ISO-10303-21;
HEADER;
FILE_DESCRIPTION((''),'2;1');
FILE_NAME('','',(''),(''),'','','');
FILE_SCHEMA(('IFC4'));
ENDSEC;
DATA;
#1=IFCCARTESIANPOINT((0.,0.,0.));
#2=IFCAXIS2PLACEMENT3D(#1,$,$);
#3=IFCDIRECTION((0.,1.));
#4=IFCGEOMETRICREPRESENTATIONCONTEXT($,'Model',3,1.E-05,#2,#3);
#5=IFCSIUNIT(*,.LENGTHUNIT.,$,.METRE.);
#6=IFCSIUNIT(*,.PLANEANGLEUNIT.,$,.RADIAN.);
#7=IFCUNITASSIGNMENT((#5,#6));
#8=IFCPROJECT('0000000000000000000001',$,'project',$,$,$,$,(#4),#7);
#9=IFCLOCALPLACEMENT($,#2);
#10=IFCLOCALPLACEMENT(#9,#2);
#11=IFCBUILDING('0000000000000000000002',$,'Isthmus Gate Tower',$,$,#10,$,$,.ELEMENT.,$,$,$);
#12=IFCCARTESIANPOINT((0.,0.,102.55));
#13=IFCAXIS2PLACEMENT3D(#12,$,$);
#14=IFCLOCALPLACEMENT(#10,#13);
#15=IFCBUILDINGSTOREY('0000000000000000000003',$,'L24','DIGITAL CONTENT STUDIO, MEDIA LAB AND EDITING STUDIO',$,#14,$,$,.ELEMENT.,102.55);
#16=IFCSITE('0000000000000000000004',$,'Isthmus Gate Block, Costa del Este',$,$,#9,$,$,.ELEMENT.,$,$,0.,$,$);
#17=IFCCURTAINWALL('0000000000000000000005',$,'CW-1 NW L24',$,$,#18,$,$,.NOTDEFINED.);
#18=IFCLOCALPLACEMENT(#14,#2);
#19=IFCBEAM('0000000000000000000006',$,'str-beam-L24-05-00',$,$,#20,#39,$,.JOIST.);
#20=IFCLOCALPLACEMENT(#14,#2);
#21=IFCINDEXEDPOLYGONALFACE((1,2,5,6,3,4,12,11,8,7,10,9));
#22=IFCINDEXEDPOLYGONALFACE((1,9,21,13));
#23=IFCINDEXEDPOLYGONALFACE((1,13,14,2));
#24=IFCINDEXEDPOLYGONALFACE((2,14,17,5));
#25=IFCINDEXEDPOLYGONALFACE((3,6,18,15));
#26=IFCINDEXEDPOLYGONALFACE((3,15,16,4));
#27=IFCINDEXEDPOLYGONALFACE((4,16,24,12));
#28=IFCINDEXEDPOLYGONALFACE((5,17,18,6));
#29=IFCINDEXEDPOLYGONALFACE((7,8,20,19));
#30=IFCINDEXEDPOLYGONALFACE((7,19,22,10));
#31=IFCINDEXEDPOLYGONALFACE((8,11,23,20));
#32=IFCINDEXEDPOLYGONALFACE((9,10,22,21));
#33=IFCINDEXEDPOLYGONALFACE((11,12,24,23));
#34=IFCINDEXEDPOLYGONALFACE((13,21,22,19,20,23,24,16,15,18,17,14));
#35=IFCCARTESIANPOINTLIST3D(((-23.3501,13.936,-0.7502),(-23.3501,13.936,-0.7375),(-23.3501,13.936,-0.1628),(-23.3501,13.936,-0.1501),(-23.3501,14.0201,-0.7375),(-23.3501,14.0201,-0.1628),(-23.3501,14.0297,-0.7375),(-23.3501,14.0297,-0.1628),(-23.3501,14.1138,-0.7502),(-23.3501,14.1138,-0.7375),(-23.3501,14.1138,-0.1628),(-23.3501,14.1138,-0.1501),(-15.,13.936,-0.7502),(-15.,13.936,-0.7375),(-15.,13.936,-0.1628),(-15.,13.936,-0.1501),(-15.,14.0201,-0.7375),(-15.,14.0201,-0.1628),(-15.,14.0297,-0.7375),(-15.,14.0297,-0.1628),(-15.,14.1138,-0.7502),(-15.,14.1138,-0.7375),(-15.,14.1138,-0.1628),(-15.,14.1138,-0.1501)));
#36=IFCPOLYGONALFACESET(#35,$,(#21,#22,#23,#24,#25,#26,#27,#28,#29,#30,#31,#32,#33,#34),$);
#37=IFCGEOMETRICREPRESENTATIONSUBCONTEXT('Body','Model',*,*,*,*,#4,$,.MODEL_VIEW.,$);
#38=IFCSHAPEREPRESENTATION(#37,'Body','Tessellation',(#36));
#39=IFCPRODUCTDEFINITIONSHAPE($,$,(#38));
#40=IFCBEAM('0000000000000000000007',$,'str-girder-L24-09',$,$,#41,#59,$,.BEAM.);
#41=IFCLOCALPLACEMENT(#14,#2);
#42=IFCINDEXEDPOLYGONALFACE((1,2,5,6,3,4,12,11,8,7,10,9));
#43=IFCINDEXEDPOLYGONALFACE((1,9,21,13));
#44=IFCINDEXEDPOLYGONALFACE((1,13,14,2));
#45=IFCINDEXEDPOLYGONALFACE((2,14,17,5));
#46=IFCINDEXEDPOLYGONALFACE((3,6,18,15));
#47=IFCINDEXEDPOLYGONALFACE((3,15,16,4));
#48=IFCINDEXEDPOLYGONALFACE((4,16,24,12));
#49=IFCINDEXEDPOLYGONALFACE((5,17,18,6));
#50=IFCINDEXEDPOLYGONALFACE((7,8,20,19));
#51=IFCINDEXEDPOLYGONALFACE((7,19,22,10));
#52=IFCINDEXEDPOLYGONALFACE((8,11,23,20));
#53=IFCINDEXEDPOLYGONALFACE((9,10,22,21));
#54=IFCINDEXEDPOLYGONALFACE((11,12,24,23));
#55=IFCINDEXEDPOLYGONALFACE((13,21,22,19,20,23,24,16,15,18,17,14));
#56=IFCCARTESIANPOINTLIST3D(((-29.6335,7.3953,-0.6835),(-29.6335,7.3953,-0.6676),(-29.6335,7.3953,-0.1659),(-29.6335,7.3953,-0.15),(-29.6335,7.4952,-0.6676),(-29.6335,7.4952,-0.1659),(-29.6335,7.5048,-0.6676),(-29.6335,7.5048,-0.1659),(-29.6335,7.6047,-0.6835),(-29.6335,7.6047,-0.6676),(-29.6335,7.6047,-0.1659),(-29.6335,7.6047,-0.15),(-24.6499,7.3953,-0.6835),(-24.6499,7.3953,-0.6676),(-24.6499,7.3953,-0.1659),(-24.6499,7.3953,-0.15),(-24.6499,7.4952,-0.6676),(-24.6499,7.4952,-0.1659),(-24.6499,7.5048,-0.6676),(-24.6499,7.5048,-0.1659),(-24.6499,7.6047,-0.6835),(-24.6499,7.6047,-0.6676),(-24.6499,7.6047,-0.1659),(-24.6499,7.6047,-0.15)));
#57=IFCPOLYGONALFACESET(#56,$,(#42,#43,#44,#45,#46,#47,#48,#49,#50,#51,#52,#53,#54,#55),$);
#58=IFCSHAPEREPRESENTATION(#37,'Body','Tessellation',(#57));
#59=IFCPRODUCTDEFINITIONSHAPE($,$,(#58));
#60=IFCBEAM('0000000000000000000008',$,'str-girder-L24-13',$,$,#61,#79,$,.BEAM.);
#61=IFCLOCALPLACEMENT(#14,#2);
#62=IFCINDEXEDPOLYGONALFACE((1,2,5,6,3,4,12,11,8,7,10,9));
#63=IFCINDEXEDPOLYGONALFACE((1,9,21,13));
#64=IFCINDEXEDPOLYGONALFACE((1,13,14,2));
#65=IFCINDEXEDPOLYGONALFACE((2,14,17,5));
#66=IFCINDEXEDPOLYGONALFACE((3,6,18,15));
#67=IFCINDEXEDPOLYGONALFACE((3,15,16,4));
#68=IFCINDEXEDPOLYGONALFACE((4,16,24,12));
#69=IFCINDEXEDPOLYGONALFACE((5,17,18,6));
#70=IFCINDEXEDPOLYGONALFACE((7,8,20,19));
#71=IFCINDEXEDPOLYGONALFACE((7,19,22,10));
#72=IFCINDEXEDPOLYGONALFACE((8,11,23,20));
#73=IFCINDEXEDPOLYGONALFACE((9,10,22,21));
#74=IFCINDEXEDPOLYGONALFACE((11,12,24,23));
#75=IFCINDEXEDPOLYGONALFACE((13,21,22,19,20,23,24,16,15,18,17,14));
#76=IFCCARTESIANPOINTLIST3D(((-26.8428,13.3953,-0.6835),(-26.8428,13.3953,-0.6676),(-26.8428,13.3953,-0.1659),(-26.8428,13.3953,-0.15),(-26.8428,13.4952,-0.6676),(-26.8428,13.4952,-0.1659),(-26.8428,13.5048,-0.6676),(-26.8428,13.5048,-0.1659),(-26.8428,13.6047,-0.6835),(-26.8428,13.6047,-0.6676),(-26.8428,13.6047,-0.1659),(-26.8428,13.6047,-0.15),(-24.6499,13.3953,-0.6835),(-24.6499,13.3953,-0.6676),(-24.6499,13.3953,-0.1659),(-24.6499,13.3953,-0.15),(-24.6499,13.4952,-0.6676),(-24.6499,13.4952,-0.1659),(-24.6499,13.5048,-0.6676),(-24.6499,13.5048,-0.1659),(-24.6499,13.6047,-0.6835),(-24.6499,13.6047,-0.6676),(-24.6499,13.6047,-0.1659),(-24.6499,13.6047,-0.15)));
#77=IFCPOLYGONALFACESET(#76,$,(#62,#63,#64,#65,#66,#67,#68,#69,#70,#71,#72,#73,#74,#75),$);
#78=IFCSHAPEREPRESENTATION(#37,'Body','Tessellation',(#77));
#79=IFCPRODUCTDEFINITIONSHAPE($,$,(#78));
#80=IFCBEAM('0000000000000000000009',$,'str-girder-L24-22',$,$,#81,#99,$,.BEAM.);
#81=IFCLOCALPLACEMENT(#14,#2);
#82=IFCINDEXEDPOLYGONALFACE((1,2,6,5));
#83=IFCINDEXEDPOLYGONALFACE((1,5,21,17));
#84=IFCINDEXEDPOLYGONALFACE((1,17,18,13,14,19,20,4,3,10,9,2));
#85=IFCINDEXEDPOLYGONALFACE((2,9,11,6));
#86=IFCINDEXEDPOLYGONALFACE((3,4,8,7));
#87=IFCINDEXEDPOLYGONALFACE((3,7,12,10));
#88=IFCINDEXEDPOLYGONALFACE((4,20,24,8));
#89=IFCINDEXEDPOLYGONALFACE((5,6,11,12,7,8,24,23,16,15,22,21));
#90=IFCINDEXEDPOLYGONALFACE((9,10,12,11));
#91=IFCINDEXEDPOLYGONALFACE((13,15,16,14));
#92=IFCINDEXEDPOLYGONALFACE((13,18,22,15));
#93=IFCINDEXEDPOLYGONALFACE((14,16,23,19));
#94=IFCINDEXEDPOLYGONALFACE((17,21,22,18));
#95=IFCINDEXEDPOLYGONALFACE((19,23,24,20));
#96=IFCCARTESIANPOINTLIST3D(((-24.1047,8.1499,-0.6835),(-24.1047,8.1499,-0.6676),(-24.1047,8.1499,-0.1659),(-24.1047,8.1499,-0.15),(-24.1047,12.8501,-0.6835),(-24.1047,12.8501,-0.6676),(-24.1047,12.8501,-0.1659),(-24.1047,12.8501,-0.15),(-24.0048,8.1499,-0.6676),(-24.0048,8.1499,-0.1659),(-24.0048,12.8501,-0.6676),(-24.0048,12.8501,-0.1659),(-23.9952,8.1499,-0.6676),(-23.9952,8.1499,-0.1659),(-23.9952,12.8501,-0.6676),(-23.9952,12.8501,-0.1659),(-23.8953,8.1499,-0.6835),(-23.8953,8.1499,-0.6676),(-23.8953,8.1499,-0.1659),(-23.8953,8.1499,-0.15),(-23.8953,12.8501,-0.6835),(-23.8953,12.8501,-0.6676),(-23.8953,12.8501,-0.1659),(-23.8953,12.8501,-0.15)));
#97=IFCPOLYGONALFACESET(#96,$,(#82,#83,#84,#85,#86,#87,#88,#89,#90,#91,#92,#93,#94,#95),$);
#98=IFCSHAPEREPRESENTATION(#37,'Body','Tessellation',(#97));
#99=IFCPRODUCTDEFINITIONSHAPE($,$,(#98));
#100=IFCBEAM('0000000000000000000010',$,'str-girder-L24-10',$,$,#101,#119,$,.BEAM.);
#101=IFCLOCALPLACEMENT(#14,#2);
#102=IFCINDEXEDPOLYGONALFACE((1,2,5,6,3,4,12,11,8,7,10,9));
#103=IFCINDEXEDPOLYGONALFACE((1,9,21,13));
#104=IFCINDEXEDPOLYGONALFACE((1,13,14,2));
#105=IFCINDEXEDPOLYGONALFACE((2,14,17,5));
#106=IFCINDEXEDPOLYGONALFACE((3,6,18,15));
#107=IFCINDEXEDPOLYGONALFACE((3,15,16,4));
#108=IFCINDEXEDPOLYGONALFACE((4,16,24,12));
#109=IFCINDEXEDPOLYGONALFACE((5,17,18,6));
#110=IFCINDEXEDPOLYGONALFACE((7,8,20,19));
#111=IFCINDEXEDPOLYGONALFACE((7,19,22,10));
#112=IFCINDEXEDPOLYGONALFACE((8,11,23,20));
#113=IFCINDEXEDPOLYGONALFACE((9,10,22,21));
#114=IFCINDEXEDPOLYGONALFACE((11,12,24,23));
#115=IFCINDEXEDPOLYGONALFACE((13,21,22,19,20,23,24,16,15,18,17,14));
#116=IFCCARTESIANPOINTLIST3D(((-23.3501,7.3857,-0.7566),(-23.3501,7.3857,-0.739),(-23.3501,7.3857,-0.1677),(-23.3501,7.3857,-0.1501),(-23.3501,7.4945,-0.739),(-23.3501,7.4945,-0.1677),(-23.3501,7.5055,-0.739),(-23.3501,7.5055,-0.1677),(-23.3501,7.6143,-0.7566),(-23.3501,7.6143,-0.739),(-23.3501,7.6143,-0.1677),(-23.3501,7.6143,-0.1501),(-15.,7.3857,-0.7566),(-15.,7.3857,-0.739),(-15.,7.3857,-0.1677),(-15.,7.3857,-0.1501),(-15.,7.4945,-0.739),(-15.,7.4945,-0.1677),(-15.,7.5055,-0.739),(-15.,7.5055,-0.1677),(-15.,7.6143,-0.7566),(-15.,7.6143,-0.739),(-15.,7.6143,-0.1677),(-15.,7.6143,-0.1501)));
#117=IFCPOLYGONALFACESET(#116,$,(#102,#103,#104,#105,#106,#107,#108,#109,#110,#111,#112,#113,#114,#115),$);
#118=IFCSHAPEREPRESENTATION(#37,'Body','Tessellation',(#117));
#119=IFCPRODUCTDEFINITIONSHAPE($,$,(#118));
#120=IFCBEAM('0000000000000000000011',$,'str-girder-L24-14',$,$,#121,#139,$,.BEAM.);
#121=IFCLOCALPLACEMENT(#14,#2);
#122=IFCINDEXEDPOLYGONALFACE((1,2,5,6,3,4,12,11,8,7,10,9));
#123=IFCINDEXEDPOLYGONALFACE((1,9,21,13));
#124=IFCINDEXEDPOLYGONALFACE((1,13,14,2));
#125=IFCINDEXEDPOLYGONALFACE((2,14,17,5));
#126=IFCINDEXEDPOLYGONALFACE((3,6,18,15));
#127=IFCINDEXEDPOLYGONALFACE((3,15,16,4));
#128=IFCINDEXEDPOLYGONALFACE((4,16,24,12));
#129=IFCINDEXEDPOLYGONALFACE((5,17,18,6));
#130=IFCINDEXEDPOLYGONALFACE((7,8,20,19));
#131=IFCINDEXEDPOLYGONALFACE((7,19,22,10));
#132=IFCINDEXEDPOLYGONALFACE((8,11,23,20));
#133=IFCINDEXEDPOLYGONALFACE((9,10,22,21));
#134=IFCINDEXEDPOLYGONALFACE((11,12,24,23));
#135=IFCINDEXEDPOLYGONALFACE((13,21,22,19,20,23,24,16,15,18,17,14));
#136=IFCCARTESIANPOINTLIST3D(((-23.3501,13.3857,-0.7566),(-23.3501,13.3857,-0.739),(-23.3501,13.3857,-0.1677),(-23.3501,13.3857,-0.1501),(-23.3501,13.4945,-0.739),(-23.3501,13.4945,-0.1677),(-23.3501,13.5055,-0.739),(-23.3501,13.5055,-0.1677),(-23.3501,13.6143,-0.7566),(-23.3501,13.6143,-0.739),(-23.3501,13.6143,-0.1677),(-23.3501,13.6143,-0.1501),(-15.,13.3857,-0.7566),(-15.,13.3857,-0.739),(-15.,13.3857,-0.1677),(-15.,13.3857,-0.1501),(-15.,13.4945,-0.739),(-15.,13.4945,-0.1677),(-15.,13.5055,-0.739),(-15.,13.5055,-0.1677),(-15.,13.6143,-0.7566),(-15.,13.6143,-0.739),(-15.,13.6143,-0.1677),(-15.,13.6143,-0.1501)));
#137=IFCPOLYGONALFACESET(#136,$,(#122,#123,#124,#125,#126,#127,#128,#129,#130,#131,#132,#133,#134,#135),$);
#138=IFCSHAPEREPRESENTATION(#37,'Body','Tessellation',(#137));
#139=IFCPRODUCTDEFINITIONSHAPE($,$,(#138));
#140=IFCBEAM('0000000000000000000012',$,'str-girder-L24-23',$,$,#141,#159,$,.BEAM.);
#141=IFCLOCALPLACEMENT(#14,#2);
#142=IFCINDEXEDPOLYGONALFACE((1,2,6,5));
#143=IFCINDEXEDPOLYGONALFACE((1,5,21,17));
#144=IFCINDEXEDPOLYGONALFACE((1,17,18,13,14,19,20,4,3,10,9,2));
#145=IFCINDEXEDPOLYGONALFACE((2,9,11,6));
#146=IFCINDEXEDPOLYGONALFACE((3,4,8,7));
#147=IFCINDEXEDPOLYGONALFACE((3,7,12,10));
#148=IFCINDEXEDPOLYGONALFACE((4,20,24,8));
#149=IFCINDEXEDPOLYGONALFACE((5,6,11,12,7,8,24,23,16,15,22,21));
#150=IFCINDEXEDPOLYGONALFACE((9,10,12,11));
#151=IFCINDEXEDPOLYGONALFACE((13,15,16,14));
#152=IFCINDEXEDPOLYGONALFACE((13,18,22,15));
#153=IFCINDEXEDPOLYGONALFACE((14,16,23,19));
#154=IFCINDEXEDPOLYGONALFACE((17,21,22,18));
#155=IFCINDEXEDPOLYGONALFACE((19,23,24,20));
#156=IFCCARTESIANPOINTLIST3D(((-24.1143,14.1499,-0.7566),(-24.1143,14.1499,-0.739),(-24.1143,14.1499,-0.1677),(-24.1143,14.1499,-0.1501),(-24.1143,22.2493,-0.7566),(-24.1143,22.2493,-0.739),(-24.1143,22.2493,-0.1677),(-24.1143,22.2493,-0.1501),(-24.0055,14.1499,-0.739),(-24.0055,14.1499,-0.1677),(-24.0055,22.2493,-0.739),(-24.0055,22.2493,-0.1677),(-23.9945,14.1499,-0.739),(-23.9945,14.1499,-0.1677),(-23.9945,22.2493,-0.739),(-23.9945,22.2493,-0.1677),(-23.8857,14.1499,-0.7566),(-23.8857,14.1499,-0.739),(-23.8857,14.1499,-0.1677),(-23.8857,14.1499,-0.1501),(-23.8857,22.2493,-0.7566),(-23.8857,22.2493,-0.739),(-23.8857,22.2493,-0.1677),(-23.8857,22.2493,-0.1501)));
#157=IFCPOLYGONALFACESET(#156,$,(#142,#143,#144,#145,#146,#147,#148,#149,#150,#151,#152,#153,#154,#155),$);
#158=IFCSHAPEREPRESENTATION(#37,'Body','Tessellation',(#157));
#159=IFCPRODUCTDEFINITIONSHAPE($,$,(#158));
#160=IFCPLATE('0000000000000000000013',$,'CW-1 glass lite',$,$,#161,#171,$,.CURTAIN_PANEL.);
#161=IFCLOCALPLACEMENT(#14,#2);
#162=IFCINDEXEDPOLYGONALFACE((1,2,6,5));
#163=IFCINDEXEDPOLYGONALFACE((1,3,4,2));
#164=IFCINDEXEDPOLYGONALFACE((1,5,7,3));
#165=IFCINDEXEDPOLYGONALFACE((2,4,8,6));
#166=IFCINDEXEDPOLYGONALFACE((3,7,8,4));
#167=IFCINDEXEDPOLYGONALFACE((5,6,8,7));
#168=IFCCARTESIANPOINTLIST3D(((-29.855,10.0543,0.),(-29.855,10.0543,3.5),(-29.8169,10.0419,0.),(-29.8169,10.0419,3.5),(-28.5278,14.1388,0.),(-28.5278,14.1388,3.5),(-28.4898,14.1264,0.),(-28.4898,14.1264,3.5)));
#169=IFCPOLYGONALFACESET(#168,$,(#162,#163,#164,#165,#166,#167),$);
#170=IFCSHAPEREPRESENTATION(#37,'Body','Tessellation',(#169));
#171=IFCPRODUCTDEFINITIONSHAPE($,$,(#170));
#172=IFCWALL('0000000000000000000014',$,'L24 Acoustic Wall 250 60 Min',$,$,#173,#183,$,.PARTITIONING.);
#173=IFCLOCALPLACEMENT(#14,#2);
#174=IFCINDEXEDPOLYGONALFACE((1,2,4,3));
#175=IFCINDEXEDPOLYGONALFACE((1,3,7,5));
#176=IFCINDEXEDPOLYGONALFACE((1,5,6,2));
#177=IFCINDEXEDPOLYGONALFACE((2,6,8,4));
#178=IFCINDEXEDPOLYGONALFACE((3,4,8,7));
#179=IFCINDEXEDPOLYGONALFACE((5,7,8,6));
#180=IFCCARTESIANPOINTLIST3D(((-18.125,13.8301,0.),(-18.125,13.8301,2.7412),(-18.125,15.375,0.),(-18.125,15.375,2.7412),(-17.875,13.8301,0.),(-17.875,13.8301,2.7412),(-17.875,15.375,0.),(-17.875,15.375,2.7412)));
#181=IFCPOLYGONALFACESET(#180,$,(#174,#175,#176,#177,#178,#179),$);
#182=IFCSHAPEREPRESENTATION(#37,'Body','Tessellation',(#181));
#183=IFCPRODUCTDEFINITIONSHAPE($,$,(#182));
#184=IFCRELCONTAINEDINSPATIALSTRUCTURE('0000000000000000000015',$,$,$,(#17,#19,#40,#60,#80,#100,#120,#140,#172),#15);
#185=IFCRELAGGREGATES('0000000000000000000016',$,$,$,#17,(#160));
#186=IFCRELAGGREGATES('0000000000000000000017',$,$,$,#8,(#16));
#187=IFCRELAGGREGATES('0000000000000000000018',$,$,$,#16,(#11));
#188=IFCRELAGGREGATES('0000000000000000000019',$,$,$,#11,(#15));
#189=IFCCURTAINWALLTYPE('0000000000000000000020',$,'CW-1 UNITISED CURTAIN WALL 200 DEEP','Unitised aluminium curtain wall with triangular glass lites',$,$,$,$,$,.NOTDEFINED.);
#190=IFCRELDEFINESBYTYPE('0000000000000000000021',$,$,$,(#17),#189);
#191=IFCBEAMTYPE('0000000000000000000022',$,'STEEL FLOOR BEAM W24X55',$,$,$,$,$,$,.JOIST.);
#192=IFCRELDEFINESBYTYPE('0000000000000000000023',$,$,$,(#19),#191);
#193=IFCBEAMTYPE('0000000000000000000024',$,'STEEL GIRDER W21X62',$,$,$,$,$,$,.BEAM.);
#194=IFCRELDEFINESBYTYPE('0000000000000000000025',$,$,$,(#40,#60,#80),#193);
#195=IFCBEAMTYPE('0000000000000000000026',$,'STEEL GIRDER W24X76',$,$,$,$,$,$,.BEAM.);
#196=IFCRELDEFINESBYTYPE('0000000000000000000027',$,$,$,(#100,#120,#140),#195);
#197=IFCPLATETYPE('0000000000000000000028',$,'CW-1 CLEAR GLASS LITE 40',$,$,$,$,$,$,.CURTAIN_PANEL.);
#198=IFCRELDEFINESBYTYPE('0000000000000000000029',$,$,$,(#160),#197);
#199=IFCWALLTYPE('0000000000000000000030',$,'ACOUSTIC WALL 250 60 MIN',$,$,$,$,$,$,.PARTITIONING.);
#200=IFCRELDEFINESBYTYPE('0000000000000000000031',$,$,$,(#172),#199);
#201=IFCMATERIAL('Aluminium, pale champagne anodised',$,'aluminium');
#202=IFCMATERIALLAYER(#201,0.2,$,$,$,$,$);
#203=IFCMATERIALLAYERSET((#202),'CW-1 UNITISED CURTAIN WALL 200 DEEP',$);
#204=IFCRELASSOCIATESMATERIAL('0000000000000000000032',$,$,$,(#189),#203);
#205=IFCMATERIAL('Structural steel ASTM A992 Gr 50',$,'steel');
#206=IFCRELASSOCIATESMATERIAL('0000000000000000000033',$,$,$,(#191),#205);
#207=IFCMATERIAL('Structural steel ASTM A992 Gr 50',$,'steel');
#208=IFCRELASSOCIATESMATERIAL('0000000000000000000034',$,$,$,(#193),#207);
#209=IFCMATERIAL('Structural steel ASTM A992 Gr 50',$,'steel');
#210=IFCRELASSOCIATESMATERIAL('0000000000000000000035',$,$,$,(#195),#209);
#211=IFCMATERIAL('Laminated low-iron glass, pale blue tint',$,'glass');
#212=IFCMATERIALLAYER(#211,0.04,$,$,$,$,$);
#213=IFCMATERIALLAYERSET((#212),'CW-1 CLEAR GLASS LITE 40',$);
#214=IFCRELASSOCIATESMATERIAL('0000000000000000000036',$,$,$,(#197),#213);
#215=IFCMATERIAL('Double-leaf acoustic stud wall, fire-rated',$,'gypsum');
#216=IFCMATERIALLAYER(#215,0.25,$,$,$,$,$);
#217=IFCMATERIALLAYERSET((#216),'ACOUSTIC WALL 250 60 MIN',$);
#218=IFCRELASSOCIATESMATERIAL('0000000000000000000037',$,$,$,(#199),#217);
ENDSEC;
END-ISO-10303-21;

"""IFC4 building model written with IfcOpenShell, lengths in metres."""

from ifc_helpers import new_model, si_unit, direction, frame, frame_2d, origin, origin_2d, place, context, subcontext, project, spatial, rectangle, i_section, extrude, material, layer, layer_set, material_profile, profile_set, type_object, element, aggregate, save


model = new_model("IFC4")

# Units and contexts
model_context = context("Model", 3, precision=1e-05, world=origin(), true_north=direction((0.0, 1.0)))
body_context = subcontext(model_context, "Body", "Model", "MODEL_VIEW")
ifc_project = project(units=[si_unit("LENGTHUNIT", "METRE"), si_unit("PLANEANGLEUNIT", "RADIAN")], contexts=[model_context])

# Site, building, storey
site_placement = place(None, origin())
site = spatial("IfcSite", under=ifc_project, at=site_placement, Name="Isthmus Gate Block, Costa del Este", CompositionType="ELEMENT", RefElevation=0.0)
building_placement = place(site_placement, origin())
building = spatial("IfcBuilding", under=site, at=building_placement, Name="Isthmus Gate Tower", CompositionType="ELEMENT")
storey_placement = place(building_placement, frame((0.0, 0.0, 102.55)))
storey = spatial("IfcBuildingStorey", under=building, at=storey_placement, Name="L24", Description="DIGITAL CONTENT STUDIO, MEDIA LAB AND EDITING STUDIO", CompositionType="ELEMENT", Elevation=102.55)

# Curtain wall
ifc_material_1 = material(Name="Aluminium, pale champagne anodised", Category="aluminium")
ifc_layer_1 = layer(ifc_material_1, 0.2)
ifc_layer_set_1 = layer_set([ifc_layer_1], Name="CW-1 UNITISED CURTAIN WALL 200 DEEP")
curtain_wall_type = type_object("IfcCurtainWallType", Name="CW-1 UNITISED CURTAIN WALL 200 DEEP", Description="Unitised aluminium curtain wall with triangular glass lites", PredefinedType="NOTDEFINED", material=ifc_layer_set_1)
curtain_wall_placement = place(storey_placement, origin())
curtain_wall = element("IfcCurtainWall", 1, at=curtain_wall_placement, inside=storey, type_object=curtain_wall_type, Name="CW-1 NW L24", PredefinedType="NOTDEFINED")

# Beams
ifc_material_2 = material(Name="Structural steel ASTM A992 Gr 50", Category="steel")
ifc_material_profile_1 = material_profile(ifc_material_2, i_section(OverallWidth=0.1777, OverallDepth=0.6001, WebThickness=0.0095, FlangeThickness=0.0127, at=origin_2d()), Name="W24X55")
ifc_profile_set_1 = profile_set([ifc_material_profile_1], Name="Structural steel ASTM A992 Gr 50")
beam_type_1 = type_object("IfcBeamType", Name="STEEL FLOOR BEAM W24X55", PredefinedType="JOIST", material=ifc_profile_set_1)
beam_1_placement = place(storey_placement, frame((-23.3501, 14.0249, -0.4502), z_axis=(1.0, 0.0, 0.0), x_axis=(0.0, 1.0, 0.0)))
element("IfcBeam", 2, at=beam_1_placement, inside=storey, type_object=beam_type_1, Name="str-beam-L24-05-00", PredefinedType="JOIST", context=body_context, shape_type="SweptSolid", body=[
    extrude(i_section(OverallWidth=0.1777, OverallDepth=0.6001, WebThickness=0.0095, FlangeThickness=0.0127, at=origin_2d()), origin(), (0.0, 0.0, 1.0), 8.3501),
])
ifc_material_3 = material(Name="Structural steel ASTM A992 Gr 50", Category="steel")
ifc_material_profile_2 = material_profile(ifc_material_3, i_section(OverallWidth=0.2095, OverallDepth=0.5334, WebThickness=0.0095, FlangeThickness=0.0159, at=origin_2d()), Name="W21X62")
ifc_profile_set_2 = profile_set([ifc_material_profile_2], Name="Structural steel ASTM A992 Gr 50")
beam_type_2 = type_object("IfcBeamType", Name="STEEL GIRDER W21X62", PredefinedType="BEAM", material=ifc_profile_set_2)
beam_2_placement = place(storey_placement, frame((-29.6335, 7.5, -0.4167), z_axis=(1.0, 0.0, 0.0), x_axis=(0.0, 1.0, 0.0)))
element("IfcBeam", 3, at=beam_2_placement, inside=storey, type_object=beam_type_2, Name="str-girder-L24-09", PredefinedType="BEAM", context=body_context, shape_type="SweptSolid", body=[
    extrude(i_section(OverallWidth=0.2095, OverallDepth=0.5334, WebThickness=0.0095, FlangeThickness=0.0159, at=origin_2d()), origin(), (0.0, 0.0, 1.0), 4.9836),
])
beam_3_placement = place(storey_placement, frame((-26.8428, 13.5, -0.4167), z_axis=(1.0, 0.0, 0.0), x_axis=(0.0, 1.0, 0.0)))
element("IfcBeam", 4, at=beam_3_placement, inside=storey, type_object=beam_type_2, Name="str-girder-L24-13", PredefinedType="BEAM", context=body_context, shape_type="SweptSolid", body=[
    extrude(i_section(OverallWidth=0.2095, OverallDepth=0.5334, WebThickness=0.0095, FlangeThickness=0.0159, at=origin_2d()), origin(), (0.0, 0.0, 1.0), 2.1929),
])
beam_4_placement = place(storey_placement, frame((-24.0, 8.1499, -0.4167), z_axis=(0.0, 1.0, 0.0), x_axis=(-1.0, 0.0, 0.0)))
element("IfcBeam", 5, at=beam_4_placement, inside=storey, type_object=beam_type_2, Name="str-girder-L24-22", PredefinedType="BEAM", context=body_context, shape_type="SweptSolid", body=[
    extrude(i_section(OverallWidth=0.2095, OverallDepth=0.5334, WebThickness=0.0095, FlangeThickness=0.0159, at=origin_2d()), origin(), (0.0, 0.0, 1.0), 4.7002),
])
ifc_material_4 = material(Name="Structural steel ASTM A992 Gr 50", Category="steel")
ifc_material_profile_3 = material_profile(ifc_material_4, i_section(OverallWidth=0.2285, OverallDepth=0.6064, WebThickness=0.011, FlangeThickness=0.0176, at=origin_2d()), Name="W24X76")
ifc_profile_set_3 = profile_set([ifc_material_profile_3], Name="Structural steel ASTM A992 Gr 50")
beam_type_3 = type_object("IfcBeamType", Name="STEEL GIRDER W24X76", PredefinedType="BEAM", material=ifc_profile_set_3)
for number, where, z_axis, x_axis, name in (
    (6, (-23.3501, 7.5, -0.4534), (1.0, 0.0, 0.0), (0.0, 1.0, 0.0), "str-girder-L24-10"),
    (7, (-23.3501, 13.5, -0.4534), (1.0, 0.0, 0.0), (0.0, 1.0, 0.0), "str-girder-L24-14"),
):
    element("IfcBeam", number, at=place(storey_placement, frame(where, z_axis=z_axis, x_axis=x_axis)), inside=storey, type_object=beam_type_3, Name=name, PredefinedType="BEAM", context=body_context, shape_type="SweptSolid", body=[
        extrude(i_section(OverallWidth=0.2285, OverallDepth=0.6064, WebThickness=0.011, FlangeThickness=0.0176, at=origin_2d()), origin(), (0.0, 0.0, 1.0), 8.3501),
    ])
beam_5_placement = place(storey_placement, frame((-24.0, 14.1499, -0.4534), z_axis=(0.0, 1.0, 0.0), x_axis=(-1.0, 0.0, 0.0)))
element("IfcBeam", 8, at=beam_5_placement, inside=storey, type_object=beam_type_3, Name="str-girder-L24-23", PredefinedType="BEAM", context=body_context, shape_type="SweptSolid", body=[
    extrude(i_section(OverallWidth=0.2285, OverallDepth=0.6064, WebThickness=0.011, FlangeThickness=0.0176, at=origin_2d()), origin(), (0.0, 0.0, 1.0), 8.0994),
])

# Plate
ifc_material_5 = material(Name="Laminated low-iron glass, pale blue tint", Category="glass")
ifc_layer_2 = layer(ifc_material_5, 0.04)
ifc_layer_set_2 = layer_set([ifc_layer_2], Name="CW-1 CLEAR GLASS LITE 40")
plate_type = type_object("IfcPlateType", Name="CW-1 CLEAR GLASS LITE 40", PredefinedType="CURTAIN_PANEL", material=ifc_layer_set_2)
plate_placement = place(storey_placement, frame((-29.1724, 12.0903, 0.0), z_axis=(0.0, 0.0, 1.0), x_axis=(-0.309017, -0.951057, 0.0)))
plate = element("IfcPlate", 9, at=plate_placement, type_object=plate_type, Name="CW-1 glass lite", PredefinedType="CURTAIN_PANEL", context=body_context, shape_type="SweptSolid", body=[
    extrude(rectangle(XDim=4.2947, YDim=0.04, at=origin_2d()), origin(), (0.0, 0.0, 1.0), 3.5),
])

# Wall
ifc_material_6 = material(Name="Double-leaf acoustic stud wall, fire-rated", Category="gypsum")
ifc_layer_3 = layer(ifc_material_6, 0.25)
ifc_layer_set_3 = layer_set([ifc_layer_3], Name="ACOUSTIC WALL 250 60 MIN")
wall_type_1 = type_object("IfcWallType", Name="ACOUSTIC WALL 250 60 MIN", PredefinedType="PARTITIONING", material=ifc_layer_set_3)
wall_1_placement = place(storey_placement, frame((-18.0, 13.8301, 0.0), z_axis=(0.0, 0.0, 1.0), x_axis=(0.0, 1.0, 0.0)))
element("IfcWall", 10, at=wall_1_placement, inside=storey, type_object=wall_type_1, Name="L24 Acoustic Wall 250 60 Min", PredefinedType="PARTITIONING", context=body_context, shape_type="SweptSolid", body=[
    extrude(rectangle(XDim=1.5449, YDim=0.25, at=frame_2d((0.7725, 0.0))), origin(), (0.0, 0.0, 1.0), 2.7412),
])

aggregate(curtain_wall, [plate])

save(model, "model.ifc")
